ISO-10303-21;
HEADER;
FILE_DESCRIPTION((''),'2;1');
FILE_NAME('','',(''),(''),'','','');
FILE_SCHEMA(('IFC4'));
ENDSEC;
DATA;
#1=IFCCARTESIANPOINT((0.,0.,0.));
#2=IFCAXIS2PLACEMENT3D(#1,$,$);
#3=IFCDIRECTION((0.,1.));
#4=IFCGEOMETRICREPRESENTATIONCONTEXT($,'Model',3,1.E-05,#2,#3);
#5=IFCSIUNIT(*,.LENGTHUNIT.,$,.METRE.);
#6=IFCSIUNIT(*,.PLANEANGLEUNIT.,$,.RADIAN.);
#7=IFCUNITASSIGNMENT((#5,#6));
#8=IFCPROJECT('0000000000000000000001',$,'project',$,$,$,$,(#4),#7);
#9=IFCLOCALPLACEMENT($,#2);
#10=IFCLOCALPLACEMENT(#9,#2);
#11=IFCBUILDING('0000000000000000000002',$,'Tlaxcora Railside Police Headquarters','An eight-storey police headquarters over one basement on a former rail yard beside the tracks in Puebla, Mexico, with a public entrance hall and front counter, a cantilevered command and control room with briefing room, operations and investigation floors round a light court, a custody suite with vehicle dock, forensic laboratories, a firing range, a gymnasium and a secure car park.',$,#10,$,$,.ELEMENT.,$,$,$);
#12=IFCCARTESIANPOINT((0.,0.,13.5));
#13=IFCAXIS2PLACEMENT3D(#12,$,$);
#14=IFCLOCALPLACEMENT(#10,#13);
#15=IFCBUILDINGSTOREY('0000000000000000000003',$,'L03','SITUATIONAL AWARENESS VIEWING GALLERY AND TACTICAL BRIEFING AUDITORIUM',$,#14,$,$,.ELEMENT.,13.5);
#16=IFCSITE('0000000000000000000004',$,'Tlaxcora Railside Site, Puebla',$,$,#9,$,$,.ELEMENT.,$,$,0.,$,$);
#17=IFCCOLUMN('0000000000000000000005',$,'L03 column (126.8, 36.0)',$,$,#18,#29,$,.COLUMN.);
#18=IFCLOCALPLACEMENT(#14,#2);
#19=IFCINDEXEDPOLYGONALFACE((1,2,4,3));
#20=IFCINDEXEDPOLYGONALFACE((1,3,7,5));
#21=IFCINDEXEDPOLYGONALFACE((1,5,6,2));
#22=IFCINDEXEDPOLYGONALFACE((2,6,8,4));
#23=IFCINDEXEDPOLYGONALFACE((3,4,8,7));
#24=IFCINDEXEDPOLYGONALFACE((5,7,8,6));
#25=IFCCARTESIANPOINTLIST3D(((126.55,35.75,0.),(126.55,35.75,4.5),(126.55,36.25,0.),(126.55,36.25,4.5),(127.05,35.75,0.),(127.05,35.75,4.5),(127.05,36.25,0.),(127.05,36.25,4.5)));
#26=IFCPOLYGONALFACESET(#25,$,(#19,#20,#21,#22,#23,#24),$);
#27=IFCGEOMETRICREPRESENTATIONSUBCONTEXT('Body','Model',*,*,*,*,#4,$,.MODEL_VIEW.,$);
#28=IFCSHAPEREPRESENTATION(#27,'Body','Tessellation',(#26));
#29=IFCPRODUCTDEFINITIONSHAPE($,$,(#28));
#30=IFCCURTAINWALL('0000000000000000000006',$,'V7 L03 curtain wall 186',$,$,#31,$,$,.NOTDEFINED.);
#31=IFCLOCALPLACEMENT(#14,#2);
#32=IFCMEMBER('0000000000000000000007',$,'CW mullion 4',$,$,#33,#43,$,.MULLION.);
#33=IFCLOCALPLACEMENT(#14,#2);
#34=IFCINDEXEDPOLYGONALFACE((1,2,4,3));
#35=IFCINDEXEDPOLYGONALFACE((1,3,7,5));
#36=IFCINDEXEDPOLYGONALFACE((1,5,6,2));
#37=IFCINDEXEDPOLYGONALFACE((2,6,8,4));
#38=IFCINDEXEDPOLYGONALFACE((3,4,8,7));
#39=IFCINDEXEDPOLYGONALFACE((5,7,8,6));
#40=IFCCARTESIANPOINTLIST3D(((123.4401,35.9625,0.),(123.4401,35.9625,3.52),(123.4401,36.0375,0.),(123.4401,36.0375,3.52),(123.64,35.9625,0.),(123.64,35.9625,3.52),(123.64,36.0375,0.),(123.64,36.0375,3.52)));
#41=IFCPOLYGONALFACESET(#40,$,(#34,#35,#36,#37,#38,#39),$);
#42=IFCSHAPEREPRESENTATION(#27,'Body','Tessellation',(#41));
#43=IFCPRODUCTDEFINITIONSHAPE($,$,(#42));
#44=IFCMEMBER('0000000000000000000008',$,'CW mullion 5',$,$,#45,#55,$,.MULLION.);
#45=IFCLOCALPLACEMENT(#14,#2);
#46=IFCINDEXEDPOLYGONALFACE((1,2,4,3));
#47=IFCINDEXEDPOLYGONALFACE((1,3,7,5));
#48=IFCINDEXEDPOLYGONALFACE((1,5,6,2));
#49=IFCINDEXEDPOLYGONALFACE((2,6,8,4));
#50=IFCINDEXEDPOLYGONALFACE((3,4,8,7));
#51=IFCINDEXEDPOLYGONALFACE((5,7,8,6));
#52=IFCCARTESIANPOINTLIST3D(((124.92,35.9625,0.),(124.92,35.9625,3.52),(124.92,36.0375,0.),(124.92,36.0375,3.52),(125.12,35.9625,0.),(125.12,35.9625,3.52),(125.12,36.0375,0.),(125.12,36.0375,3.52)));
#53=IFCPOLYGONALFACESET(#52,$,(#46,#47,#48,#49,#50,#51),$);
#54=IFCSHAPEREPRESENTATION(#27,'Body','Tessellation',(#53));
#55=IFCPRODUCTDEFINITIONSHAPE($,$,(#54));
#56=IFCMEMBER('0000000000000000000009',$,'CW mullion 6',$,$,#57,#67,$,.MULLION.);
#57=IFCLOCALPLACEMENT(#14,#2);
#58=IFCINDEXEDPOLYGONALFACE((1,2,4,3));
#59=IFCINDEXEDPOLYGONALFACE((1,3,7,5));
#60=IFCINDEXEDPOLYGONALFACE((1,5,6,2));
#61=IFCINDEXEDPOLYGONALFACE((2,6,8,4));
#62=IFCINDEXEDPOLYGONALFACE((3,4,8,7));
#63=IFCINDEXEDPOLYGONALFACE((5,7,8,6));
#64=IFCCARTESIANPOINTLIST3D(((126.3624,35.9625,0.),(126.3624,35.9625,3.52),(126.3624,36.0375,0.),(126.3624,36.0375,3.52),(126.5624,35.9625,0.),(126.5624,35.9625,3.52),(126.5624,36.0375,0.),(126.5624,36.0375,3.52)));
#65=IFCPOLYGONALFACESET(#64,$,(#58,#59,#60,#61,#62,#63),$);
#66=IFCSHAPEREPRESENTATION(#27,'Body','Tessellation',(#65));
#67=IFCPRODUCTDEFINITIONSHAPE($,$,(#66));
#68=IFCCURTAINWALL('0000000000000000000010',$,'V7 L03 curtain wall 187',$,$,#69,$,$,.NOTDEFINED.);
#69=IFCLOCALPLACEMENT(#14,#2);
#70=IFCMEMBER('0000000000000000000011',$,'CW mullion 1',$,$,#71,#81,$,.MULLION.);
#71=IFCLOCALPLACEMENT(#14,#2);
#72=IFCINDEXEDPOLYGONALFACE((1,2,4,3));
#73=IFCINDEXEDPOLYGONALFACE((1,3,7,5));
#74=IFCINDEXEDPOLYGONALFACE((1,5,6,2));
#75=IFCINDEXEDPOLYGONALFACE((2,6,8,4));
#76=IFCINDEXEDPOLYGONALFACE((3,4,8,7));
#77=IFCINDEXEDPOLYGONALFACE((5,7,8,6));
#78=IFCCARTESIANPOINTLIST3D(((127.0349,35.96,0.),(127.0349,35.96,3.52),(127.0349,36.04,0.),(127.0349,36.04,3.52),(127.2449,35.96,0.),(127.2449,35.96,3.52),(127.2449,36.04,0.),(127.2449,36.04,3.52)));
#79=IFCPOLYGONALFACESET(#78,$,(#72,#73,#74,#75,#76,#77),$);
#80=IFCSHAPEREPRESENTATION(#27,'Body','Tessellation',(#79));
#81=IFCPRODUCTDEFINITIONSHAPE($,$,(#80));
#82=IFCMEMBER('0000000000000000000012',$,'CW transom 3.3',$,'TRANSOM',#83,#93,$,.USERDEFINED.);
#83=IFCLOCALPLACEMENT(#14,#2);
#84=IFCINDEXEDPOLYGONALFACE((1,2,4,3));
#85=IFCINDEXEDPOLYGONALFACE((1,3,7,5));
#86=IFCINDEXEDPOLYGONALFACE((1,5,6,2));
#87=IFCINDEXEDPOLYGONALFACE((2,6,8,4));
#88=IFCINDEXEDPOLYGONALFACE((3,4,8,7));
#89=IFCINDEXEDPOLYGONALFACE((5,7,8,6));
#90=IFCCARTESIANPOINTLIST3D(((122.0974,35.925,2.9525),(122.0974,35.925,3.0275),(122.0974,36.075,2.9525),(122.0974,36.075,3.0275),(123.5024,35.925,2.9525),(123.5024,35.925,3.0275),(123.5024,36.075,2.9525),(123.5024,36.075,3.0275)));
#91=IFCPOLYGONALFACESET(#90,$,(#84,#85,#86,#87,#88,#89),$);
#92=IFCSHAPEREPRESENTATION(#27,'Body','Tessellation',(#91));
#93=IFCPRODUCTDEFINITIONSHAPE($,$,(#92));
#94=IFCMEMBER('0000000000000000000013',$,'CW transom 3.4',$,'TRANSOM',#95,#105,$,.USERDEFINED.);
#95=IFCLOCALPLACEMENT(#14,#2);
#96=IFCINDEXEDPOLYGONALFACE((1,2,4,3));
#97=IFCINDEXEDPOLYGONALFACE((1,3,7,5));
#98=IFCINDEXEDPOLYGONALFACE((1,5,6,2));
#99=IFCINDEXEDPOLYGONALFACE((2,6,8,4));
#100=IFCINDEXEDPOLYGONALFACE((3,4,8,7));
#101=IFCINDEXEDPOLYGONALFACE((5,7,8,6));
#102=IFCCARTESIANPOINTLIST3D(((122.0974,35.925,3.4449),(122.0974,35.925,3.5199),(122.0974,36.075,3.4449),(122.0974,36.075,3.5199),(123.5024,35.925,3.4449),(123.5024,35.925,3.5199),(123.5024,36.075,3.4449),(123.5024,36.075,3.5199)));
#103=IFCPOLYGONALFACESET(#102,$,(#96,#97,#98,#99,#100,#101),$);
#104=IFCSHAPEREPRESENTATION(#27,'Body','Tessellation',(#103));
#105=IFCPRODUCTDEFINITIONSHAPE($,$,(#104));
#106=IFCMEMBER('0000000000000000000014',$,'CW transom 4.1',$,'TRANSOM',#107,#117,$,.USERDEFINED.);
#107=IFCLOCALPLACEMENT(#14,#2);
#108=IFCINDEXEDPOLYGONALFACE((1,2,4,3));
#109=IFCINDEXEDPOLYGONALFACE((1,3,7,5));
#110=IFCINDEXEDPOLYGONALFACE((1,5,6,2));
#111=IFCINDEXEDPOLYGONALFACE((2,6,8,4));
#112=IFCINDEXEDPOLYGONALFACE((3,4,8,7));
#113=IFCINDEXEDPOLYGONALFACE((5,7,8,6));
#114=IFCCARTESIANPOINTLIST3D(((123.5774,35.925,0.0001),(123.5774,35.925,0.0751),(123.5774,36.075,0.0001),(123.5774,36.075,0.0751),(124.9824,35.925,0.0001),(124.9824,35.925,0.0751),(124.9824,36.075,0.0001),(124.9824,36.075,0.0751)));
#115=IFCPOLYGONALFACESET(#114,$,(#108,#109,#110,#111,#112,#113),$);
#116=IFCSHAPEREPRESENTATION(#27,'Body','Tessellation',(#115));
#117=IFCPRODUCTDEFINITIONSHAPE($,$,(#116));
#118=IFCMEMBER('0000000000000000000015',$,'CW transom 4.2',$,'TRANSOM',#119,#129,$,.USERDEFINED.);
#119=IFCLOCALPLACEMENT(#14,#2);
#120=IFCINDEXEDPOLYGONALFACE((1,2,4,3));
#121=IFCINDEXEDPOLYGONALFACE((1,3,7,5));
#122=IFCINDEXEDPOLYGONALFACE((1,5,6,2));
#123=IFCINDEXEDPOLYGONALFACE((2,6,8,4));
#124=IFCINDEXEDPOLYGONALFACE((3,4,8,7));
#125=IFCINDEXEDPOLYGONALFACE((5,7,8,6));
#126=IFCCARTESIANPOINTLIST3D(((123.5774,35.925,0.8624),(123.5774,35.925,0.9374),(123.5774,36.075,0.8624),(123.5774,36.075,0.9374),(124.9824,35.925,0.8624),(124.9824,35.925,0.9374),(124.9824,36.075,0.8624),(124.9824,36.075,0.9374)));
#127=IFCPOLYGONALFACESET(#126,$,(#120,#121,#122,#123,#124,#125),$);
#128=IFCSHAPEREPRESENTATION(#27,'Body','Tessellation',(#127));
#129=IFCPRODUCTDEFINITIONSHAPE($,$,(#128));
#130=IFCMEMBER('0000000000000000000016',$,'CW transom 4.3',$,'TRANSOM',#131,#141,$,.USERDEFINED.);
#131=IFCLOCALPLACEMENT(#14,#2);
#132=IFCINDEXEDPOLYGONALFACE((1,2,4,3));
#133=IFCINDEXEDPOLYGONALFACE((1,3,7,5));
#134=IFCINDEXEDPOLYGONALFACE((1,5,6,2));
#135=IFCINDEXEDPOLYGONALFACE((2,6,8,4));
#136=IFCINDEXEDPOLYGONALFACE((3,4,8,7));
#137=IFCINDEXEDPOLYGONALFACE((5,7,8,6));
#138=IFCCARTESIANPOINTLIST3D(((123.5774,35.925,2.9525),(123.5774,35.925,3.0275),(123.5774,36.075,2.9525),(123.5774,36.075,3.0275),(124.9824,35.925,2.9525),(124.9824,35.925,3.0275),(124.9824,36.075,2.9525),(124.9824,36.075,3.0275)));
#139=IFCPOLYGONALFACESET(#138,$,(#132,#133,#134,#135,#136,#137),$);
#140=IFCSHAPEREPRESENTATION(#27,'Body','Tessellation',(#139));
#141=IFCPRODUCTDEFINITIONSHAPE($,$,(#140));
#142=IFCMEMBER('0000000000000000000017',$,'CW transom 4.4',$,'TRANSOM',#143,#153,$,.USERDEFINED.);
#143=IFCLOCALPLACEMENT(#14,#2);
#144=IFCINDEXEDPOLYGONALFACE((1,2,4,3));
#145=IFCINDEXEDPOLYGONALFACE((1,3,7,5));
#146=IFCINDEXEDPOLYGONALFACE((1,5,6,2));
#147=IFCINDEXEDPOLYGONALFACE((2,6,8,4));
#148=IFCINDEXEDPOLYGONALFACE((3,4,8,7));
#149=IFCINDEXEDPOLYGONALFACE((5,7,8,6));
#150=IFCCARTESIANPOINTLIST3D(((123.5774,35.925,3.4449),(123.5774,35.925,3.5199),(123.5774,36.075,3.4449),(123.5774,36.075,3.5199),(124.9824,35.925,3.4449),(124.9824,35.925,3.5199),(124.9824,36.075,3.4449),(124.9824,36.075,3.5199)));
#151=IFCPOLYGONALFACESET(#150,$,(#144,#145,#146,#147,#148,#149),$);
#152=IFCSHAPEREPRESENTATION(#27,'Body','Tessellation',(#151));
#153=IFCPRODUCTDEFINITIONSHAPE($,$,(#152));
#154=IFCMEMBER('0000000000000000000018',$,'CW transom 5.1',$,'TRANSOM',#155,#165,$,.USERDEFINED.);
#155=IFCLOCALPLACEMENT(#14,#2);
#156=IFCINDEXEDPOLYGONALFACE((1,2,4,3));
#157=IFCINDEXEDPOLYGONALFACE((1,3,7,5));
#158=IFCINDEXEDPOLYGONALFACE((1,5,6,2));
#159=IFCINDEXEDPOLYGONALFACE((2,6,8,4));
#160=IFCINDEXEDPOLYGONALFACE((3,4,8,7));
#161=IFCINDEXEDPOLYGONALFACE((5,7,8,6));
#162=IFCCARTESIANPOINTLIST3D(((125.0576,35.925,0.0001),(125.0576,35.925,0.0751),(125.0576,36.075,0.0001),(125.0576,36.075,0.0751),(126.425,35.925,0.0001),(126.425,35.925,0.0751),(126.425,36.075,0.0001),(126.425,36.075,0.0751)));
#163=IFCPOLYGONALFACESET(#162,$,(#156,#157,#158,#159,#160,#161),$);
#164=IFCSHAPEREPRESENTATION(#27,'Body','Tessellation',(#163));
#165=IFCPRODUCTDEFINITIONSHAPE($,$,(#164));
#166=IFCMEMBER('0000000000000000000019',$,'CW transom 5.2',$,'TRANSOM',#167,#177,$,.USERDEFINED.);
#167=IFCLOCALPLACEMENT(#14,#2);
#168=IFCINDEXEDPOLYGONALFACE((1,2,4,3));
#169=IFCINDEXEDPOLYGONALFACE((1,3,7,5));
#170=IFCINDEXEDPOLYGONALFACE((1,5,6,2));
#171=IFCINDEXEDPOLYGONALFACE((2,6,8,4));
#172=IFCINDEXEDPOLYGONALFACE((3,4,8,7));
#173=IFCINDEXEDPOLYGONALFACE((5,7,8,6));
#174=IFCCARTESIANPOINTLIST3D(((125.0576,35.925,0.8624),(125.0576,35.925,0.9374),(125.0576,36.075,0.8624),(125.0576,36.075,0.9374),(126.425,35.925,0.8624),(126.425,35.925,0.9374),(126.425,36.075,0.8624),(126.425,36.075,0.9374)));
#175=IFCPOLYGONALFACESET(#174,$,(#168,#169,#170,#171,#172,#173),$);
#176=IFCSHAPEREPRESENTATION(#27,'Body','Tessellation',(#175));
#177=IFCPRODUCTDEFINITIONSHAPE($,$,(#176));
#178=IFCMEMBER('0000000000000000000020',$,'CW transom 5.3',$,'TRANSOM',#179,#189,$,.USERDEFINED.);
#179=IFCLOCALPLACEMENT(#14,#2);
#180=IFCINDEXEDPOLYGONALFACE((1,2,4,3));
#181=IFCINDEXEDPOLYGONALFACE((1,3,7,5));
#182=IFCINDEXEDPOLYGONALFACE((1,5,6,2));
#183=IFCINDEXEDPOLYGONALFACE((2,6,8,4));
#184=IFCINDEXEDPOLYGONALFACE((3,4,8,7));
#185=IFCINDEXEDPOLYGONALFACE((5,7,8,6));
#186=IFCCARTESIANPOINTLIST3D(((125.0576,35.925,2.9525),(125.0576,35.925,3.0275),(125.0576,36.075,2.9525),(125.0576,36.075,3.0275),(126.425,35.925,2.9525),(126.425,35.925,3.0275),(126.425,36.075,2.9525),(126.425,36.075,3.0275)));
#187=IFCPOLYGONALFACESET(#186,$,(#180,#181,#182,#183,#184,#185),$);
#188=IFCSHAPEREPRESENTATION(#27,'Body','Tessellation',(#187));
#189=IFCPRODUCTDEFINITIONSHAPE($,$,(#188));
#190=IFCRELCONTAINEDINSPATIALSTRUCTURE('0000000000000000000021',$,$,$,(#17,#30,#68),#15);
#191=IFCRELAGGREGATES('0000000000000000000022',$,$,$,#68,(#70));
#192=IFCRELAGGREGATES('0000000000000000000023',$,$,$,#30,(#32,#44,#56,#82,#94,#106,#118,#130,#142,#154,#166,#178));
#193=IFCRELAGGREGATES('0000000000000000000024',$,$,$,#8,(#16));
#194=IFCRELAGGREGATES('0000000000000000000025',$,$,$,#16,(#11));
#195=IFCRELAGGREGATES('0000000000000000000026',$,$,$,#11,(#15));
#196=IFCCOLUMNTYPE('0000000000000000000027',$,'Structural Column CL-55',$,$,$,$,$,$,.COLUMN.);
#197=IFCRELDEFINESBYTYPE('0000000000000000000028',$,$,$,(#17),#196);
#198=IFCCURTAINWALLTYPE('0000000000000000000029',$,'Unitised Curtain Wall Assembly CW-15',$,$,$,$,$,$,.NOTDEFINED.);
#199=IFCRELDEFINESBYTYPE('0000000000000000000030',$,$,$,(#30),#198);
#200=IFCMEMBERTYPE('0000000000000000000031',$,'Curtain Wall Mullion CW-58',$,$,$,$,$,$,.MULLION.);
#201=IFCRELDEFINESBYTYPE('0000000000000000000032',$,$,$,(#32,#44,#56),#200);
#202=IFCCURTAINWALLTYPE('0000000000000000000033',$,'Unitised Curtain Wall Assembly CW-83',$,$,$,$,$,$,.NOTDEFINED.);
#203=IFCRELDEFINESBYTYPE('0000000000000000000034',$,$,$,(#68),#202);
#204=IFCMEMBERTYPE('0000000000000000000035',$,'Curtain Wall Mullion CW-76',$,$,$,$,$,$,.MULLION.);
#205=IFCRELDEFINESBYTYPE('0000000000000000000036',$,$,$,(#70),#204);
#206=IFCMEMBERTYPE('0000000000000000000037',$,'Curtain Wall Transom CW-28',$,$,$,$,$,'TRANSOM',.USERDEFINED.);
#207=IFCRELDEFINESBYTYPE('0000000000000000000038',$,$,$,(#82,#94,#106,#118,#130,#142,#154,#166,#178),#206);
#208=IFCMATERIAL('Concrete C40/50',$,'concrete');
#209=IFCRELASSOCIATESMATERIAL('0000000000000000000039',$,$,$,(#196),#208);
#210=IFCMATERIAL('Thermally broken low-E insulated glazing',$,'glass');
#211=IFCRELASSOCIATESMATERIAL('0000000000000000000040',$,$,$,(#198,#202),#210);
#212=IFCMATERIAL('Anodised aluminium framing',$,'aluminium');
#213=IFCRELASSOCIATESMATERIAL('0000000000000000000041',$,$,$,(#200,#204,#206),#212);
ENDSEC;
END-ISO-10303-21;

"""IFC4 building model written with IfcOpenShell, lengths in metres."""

from ifc_helpers import new_model, si_unit, direction, frame, origin, origin_2d, place, context, subcontext, project, spatial, rectangle, extrude, material, material_profile, profile_set, type_object, element, aggregate, save


model = new_model("IFC4")

# Units and contexts
model_context = context("Model", 3, precision=1e-05, world=origin(), true_north=direction((0.0, 1.0)))
body_context = subcontext(model_context, "Body", "Model", "MODEL_VIEW")
ifc_project = project(units=[si_unit("LENGTHUNIT", "METRE"), si_unit("PLANEANGLEUNIT", "RADIAN")], contexts=[model_context])

# Site, building, storey
site_placement = place(None, origin())
site = spatial("IfcSite", under=ifc_project, at=site_placement, Name="Tlaxcora Railside Site, Puebla", CompositionType="ELEMENT", RefElevation=0.0)
building_placement = place(site_placement, origin())
building = spatial("IfcBuilding", under=site, at=building_placement, Name="Tlaxcora Railside Police Headquarters", Description="An eight-storey police headquarters over one basement on a former rail yard beside the tracks in Puebla, Mexico, with a public entrance hall and front counter, a cantilevered command and control room with briefing room, operations and investigation floors round a light court, a custody suite with vehicle dock, forensic laboratories, a firing range, a gymnasium and a secure car park.", CompositionType="ELEMENT")
storey_placement = place(building_placement, frame((0.0, 0.0, 13.5)))
storey = spatial("IfcBuildingStorey", under=building, at=storey_placement, Name="L03", Description="SITUATIONAL AWARENESS VIEWING GALLERY AND TACTICAL BRIEFING AUDITORIUM", CompositionType="ELEMENT", Elevation=13.5)

# Column
ifc_material_1 = material(Name="Concrete C40/50", Category="concrete")
ifc_material_profile_1 = material_profile(ifc_material_1, rectangle(XDim=0.5, YDim=0.5, at=origin_2d()), Name="RC500X500")
ifc_profile_set_1 = profile_set([ifc_material_profile_1], Name="Concrete C40/50")
column_type = type_object("IfcColumnType", Name="Structural Column CL-55", PredefinedType="COLUMN", material=ifc_profile_set_1)
column_placement = place(storey_placement, frame((126.8, 36.0, 0.0), z_axis=(0.0, 0.0, 1.0), x_axis=(1.0, 0.0, 0.0)))
element("IfcColumn", 1, at=column_placement, inside=storey, type_object=column_type, Name="L03 column (126.8, 36.0)", PredefinedType="COLUMN", context=body_context, shape_type="SweptSolid", body=[
    extrude(rectangle(XDim=0.5, YDim=0.5, at=origin_2d()), origin(), (0.0, 0.0, 1.0), 4.5),
])

# Curtain wall, members
ifc_material_2 = material(Name="Thermally broken low-E insulated glazing", Category="glass")
curtain_wall_type_1 = type_object("IfcCurtainWallType", Name="Unitised Curtain Wall Assembly CW-15", PredefinedType="NOTDEFINED", material=ifc_material_2)
curtain_wall_1_placement = place(storey_placement, origin())
curtain_wall_1 = element("IfcCurtainWall", 2, at=curtain_wall_1_placement, inside=storey, type_object=curtain_wall_type_1, Name="V7 L03 curtain wall 186", PredefinedType="NOTDEFINED")
ifc_material_3 = material(Name="Anodised aluminium framing", Category="aluminium")
ifc_material_profile_2 = material_profile(ifc_material_3, rectangle(XDim=0.075, YDim=0.2, at=origin_2d()), Name="AL75X200")
ifc_profile_set_2 = profile_set([ifc_material_profile_2], Name="Anodised aluminium framing")
member_type_1 = type_object("IfcMemberType", Name="Curtain Wall Mullion CW-58", PredefinedType="MULLION", material=ifc_profile_set_2)
member_1_placement = place(storey_placement, frame((123.54, 36.0, 0.0), z_axis=(0.0, 0.0, 1.0), x_axis=(0.0, 1.0, 0.0)))
member_1 = element("IfcMember", 3, at=member_1_placement, type_object=member_type_1, Name="CW mullion 4", PredefinedType="MULLION", context=body_context, shape_type="SweptSolid", body=[
    extrude(rectangle(XDim=0.075, YDim=0.2, at=origin_2d()), origin(), (0.0, 0.0, 1.0), 3.52),
])
member_2_placement = place(storey_placement, frame((125.02, 36.0, 0.0), z_axis=(0.0, 0.0, 1.0), x_axis=(0.0, 1.0, 0.0)))
member_2 = element("IfcMember", 4, at=member_2_placement, type_object=member_type_1, Name="CW mullion 5", PredefinedType="MULLION", context=body_context, shape_type="SweptSolid", body=[
    extrude(rectangle(XDim=0.075, YDim=0.2, at=origin_2d()), origin(), (0.0, 0.0, 1.0), 3.52),
])
member_3_placement = place(storey_placement, frame((126.4624, 36.0, 0.0), z_axis=(0.0, 0.0, 1.0), x_axis=(0.0, 1.0, 0.0)))
member_3 = element("IfcMember", 5, at=member_3_placement, type_object=member_type_1, Name="CW mullion 6", PredefinedType="MULLION", context=body_context, shape_type="SweptSolid", body=[
    extrude(rectangle(XDim=0.075, YDim=0.2, at=origin_2d()), origin(), (0.0, 0.0, 1.0), 3.52),
])

# Curtain wall, member
curtain_wall_type_2 = type_object("IfcCurtainWallType", Name="Unitised Curtain Wall Assembly CW-83", PredefinedType="NOTDEFINED", material=ifc_material_2)
curtain_wall_2_placement = place(storey_placement, origin())
curtain_wall_2 = element("IfcCurtainWall", 6, at=curtain_wall_2_placement, inside=storey, type_object=curtain_wall_type_2, Name="V7 L03 curtain wall 187", PredefinedType="NOTDEFINED")
ifc_material_profile_3 = material_profile(ifc_material_3, rectangle(XDim=0.0801, YDim=0.21, at=origin_2d()), Name="AL80X210")
ifc_profile_set_3 = profile_set([ifc_material_profile_3], Name="Anodised aluminium framing")
member_type_2 = type_object("IfcMemberType", Name="Curtain Wall Mullion CW-76", PredefinedType="MULLION", material=ifc_profile_set_3)
member_4_placement = place(storey_placement, frame((127.1399, 36.0, 0.0), z_axis=(0.0, 0.0, 1.0), x_axis=(0.0, 1.0, 0.0)))
member_4 = element("IfcMember", 7, at=member_4_placement, type_object=member_type_2, Name="CW mullion 1", PredefinedType="MULLION", context=body_context, shape_type="SweptSolid", body=[
    extrude(rectangle(XDim=0.0801, YDim=0.21, at=origin_2d()), origin(), (0.0, 0.0, 1.0), 3.52),
])

# Members
ifc_material_profile_4 = material_profile(ifc_material_3, rectangle(XDim=0.1499, YDim=0.075, at=origin_2d()), Name="AL75X150")
ifc_profile_set_4 = profile_set([ifc_material_profile_4], Name="Anodised aluminium framing")
member_type_3 = type_object("IfcMemberType", Name="Curtain Wall Transom CW-28", ElementType="TRANSOM", PredefinedType="USERDEFINED", material=ifc_profile_set_4)
member_5_placement = place(storey_placement, frame((122.0974, 36.0, 2.99), z_axis=(1.0, 0.0, 0.0), x_axis=(0.0, 1.0, 0.0)))
member_5 = element("IfcMember", 8, at=member_5_placement, type_object=member_type_3, Name="CW transom 3.3", ObjectType="TRANSOM", PredefinedType="USERDEFINED", context=body_context, shape_type="SweptSolid", body=[
    extrude(rectangle(XDim=0.1499, YDim=0.075, at=origin_2d()), origin(), (0.0, 0.0, 1.0), 1.405),
])
member_6_placement = place(storey_placement, frame((122.0974, 36.0, 3.4824), z_axis=(1.0, 0.0, 0.0), x_axis=(0.0, 1.0, 0.0)))
member_6 = element("IfcMember", 9, at=member_6_placement, type_object=member_type_3, Name="CW transom 3.4", ObjectType="TRANSOM", PredefinedType="USERDEFINED", context=body_context, shape_type="SweptSolid", body=[
    extrude(rectangle(XDim=0.1499, YDim=0.075, at=origin_2d()), origin(), (0.0, 0.0, 1.0), 1.405),
])
member_7_placement = place(storey_placement, frame((123.5774, 36.0, 0.0376), z_axis=(1.0, 0.0, 0.0), x_axis=(0.0, 1.0, 0.0)))
member_7 = element("IfcMember", 10, at=member_7_placement, type_object=member_type_3, Name="CW transom 4.1", ObjectType="TRANSOM", PredefinedType="USERDEFINED", context=body_context, shape_type="SweptSolid", body=[
    extrude(rectangle(XDim=0.1499, YDim=0.075, at=origin_2d()), origin(), (0.0, 0.0, 1.0), 1.405),
])
member_8_placement = place(storey_placement, frame((123.5774, 36.0, 0.8999), z_axis=(1.0, 0.0, 0.0), x_axis=(0.0, 1.0, 0.0)))
member_8 = element("IfcMember", 11, at=member_8_placement, type_object=member_type_3, Name="CW transom 4.2", ObjectType="TRANSOM", PredefinedType="USERDEFINED", context=body_context, shape_type="SweptSolid", body=[
    extrude(rectangle(XDim=0.1499, YDim=0.075, at=origin_2d()), origin(), (0.0, 0.0, 1.0), 1.405),
])
member_9_placement = place(storey_placement, frame((123.5774, 36.0, 2.99), z_axis=(1.0, 0.0, 0.0), x_axis=(0.0, 1.0, 0.0)))
member_9 = element("IfcMember", 12, at=member_9_placement, type_object=member_type_3, Name="CW transom 4.3", ObjectType="TRANSOM", PredefinedType="USERDEFINED", context=body_context, shape_type="SweptSolid", body=[
    extrude(rectangle(XDim=0.1499, YDim=0.075, at=origin_2d()), origin(), (0.0, 0.0, 1.0), 1.405),
])
member_10_placement = place(storey_placement, frame((123.5774, 36.0, 3.4824), z_axis=(1.0, 0.0, 0.0), x_axis=(0.0, 1.0, 0.0)))
member_10 = element("IfcMember", 13, at=member_10_placement, type_object=member_type_3, Name="CW transom 4.4", ObjectType="TRANSOM", PredefinedType="USERDEFINED", context=body_context, shape_type="SweptSolid", body=[
    extrude(rectangle(XDim=0.1499, YDim=0.075, at=origin_2d()), origin(), (0.0, 0.0, 1.0), 1.405),
])
member_11_placement = place(storey_placement, frame((125.0576, 36.0, 0.0376), z_axis=(1.0, 0.0, 0.0), x_axis=(0.0, 1.0, 0.0)))
member_11 = element("IfcMember", 14, at=member_11_placement, type_object=member_type_3, Name="CW transom 5.1", ObjectType="TRANSOM", PredefinedType="USERDEFINED", context=body_context, shape_type="SweptSolid", body=[
    extrude(rectangle(XDim=0.1499, YDim=0.075, at=origin_2d()), origin(), (0.0, 0.0, 1.0), 1.3674),
])
member_12_placement = place(storey_placement, frame((125.0576, 36.0, 0.8999), z_axis=(1.0, 0.0, 0.0), x_axis=(0.0, 1.0, 0.0)))
member_12 = element("IfcMember", 15, at=member_12_placement, type_object=member_type_3, Name="CW transom 5.2", ObjectType="TRANSOM", PredefinedType="USERDEFINED", context=body_context, shape_type="SweptSolid", body=[
    extrude(rectangle(XDim=0.1499, YDim=0.075, at=origin_2d()), origin(), (0.0, 0.0, 1.0), 1.3674),
])
member_13_placement = place(storey_placement, frame((125.0576, 36.0, 2.99), z_axis=(1.0, 0.0, 0.0), x_axis=(0.0, 1.0, 0.0)))
member_13 = element("IfcMember", 16, at=member_13_placement, type_object=member_type_3, Name="CW transom 5.3", ObjectType="TRANSOM", PredefinedType="USERDEFINED", context=body_context, shape_type="SweptSolid", body=[
    extrude(rectangle(XDim=0.1499, YDim=0.075, at=origin_2d()), origin(), (0.0, 0.0, 1.0), 1.3674),
])
aggregate(curtain_wall_2, [member_4])

aggregate(curtain_wall_1, [member_1, member_2, member_3, member_5, member_6, member_7, member_8, member_9, member_10, member_11, member_12, member_13])

save(model, "model.ifc")
